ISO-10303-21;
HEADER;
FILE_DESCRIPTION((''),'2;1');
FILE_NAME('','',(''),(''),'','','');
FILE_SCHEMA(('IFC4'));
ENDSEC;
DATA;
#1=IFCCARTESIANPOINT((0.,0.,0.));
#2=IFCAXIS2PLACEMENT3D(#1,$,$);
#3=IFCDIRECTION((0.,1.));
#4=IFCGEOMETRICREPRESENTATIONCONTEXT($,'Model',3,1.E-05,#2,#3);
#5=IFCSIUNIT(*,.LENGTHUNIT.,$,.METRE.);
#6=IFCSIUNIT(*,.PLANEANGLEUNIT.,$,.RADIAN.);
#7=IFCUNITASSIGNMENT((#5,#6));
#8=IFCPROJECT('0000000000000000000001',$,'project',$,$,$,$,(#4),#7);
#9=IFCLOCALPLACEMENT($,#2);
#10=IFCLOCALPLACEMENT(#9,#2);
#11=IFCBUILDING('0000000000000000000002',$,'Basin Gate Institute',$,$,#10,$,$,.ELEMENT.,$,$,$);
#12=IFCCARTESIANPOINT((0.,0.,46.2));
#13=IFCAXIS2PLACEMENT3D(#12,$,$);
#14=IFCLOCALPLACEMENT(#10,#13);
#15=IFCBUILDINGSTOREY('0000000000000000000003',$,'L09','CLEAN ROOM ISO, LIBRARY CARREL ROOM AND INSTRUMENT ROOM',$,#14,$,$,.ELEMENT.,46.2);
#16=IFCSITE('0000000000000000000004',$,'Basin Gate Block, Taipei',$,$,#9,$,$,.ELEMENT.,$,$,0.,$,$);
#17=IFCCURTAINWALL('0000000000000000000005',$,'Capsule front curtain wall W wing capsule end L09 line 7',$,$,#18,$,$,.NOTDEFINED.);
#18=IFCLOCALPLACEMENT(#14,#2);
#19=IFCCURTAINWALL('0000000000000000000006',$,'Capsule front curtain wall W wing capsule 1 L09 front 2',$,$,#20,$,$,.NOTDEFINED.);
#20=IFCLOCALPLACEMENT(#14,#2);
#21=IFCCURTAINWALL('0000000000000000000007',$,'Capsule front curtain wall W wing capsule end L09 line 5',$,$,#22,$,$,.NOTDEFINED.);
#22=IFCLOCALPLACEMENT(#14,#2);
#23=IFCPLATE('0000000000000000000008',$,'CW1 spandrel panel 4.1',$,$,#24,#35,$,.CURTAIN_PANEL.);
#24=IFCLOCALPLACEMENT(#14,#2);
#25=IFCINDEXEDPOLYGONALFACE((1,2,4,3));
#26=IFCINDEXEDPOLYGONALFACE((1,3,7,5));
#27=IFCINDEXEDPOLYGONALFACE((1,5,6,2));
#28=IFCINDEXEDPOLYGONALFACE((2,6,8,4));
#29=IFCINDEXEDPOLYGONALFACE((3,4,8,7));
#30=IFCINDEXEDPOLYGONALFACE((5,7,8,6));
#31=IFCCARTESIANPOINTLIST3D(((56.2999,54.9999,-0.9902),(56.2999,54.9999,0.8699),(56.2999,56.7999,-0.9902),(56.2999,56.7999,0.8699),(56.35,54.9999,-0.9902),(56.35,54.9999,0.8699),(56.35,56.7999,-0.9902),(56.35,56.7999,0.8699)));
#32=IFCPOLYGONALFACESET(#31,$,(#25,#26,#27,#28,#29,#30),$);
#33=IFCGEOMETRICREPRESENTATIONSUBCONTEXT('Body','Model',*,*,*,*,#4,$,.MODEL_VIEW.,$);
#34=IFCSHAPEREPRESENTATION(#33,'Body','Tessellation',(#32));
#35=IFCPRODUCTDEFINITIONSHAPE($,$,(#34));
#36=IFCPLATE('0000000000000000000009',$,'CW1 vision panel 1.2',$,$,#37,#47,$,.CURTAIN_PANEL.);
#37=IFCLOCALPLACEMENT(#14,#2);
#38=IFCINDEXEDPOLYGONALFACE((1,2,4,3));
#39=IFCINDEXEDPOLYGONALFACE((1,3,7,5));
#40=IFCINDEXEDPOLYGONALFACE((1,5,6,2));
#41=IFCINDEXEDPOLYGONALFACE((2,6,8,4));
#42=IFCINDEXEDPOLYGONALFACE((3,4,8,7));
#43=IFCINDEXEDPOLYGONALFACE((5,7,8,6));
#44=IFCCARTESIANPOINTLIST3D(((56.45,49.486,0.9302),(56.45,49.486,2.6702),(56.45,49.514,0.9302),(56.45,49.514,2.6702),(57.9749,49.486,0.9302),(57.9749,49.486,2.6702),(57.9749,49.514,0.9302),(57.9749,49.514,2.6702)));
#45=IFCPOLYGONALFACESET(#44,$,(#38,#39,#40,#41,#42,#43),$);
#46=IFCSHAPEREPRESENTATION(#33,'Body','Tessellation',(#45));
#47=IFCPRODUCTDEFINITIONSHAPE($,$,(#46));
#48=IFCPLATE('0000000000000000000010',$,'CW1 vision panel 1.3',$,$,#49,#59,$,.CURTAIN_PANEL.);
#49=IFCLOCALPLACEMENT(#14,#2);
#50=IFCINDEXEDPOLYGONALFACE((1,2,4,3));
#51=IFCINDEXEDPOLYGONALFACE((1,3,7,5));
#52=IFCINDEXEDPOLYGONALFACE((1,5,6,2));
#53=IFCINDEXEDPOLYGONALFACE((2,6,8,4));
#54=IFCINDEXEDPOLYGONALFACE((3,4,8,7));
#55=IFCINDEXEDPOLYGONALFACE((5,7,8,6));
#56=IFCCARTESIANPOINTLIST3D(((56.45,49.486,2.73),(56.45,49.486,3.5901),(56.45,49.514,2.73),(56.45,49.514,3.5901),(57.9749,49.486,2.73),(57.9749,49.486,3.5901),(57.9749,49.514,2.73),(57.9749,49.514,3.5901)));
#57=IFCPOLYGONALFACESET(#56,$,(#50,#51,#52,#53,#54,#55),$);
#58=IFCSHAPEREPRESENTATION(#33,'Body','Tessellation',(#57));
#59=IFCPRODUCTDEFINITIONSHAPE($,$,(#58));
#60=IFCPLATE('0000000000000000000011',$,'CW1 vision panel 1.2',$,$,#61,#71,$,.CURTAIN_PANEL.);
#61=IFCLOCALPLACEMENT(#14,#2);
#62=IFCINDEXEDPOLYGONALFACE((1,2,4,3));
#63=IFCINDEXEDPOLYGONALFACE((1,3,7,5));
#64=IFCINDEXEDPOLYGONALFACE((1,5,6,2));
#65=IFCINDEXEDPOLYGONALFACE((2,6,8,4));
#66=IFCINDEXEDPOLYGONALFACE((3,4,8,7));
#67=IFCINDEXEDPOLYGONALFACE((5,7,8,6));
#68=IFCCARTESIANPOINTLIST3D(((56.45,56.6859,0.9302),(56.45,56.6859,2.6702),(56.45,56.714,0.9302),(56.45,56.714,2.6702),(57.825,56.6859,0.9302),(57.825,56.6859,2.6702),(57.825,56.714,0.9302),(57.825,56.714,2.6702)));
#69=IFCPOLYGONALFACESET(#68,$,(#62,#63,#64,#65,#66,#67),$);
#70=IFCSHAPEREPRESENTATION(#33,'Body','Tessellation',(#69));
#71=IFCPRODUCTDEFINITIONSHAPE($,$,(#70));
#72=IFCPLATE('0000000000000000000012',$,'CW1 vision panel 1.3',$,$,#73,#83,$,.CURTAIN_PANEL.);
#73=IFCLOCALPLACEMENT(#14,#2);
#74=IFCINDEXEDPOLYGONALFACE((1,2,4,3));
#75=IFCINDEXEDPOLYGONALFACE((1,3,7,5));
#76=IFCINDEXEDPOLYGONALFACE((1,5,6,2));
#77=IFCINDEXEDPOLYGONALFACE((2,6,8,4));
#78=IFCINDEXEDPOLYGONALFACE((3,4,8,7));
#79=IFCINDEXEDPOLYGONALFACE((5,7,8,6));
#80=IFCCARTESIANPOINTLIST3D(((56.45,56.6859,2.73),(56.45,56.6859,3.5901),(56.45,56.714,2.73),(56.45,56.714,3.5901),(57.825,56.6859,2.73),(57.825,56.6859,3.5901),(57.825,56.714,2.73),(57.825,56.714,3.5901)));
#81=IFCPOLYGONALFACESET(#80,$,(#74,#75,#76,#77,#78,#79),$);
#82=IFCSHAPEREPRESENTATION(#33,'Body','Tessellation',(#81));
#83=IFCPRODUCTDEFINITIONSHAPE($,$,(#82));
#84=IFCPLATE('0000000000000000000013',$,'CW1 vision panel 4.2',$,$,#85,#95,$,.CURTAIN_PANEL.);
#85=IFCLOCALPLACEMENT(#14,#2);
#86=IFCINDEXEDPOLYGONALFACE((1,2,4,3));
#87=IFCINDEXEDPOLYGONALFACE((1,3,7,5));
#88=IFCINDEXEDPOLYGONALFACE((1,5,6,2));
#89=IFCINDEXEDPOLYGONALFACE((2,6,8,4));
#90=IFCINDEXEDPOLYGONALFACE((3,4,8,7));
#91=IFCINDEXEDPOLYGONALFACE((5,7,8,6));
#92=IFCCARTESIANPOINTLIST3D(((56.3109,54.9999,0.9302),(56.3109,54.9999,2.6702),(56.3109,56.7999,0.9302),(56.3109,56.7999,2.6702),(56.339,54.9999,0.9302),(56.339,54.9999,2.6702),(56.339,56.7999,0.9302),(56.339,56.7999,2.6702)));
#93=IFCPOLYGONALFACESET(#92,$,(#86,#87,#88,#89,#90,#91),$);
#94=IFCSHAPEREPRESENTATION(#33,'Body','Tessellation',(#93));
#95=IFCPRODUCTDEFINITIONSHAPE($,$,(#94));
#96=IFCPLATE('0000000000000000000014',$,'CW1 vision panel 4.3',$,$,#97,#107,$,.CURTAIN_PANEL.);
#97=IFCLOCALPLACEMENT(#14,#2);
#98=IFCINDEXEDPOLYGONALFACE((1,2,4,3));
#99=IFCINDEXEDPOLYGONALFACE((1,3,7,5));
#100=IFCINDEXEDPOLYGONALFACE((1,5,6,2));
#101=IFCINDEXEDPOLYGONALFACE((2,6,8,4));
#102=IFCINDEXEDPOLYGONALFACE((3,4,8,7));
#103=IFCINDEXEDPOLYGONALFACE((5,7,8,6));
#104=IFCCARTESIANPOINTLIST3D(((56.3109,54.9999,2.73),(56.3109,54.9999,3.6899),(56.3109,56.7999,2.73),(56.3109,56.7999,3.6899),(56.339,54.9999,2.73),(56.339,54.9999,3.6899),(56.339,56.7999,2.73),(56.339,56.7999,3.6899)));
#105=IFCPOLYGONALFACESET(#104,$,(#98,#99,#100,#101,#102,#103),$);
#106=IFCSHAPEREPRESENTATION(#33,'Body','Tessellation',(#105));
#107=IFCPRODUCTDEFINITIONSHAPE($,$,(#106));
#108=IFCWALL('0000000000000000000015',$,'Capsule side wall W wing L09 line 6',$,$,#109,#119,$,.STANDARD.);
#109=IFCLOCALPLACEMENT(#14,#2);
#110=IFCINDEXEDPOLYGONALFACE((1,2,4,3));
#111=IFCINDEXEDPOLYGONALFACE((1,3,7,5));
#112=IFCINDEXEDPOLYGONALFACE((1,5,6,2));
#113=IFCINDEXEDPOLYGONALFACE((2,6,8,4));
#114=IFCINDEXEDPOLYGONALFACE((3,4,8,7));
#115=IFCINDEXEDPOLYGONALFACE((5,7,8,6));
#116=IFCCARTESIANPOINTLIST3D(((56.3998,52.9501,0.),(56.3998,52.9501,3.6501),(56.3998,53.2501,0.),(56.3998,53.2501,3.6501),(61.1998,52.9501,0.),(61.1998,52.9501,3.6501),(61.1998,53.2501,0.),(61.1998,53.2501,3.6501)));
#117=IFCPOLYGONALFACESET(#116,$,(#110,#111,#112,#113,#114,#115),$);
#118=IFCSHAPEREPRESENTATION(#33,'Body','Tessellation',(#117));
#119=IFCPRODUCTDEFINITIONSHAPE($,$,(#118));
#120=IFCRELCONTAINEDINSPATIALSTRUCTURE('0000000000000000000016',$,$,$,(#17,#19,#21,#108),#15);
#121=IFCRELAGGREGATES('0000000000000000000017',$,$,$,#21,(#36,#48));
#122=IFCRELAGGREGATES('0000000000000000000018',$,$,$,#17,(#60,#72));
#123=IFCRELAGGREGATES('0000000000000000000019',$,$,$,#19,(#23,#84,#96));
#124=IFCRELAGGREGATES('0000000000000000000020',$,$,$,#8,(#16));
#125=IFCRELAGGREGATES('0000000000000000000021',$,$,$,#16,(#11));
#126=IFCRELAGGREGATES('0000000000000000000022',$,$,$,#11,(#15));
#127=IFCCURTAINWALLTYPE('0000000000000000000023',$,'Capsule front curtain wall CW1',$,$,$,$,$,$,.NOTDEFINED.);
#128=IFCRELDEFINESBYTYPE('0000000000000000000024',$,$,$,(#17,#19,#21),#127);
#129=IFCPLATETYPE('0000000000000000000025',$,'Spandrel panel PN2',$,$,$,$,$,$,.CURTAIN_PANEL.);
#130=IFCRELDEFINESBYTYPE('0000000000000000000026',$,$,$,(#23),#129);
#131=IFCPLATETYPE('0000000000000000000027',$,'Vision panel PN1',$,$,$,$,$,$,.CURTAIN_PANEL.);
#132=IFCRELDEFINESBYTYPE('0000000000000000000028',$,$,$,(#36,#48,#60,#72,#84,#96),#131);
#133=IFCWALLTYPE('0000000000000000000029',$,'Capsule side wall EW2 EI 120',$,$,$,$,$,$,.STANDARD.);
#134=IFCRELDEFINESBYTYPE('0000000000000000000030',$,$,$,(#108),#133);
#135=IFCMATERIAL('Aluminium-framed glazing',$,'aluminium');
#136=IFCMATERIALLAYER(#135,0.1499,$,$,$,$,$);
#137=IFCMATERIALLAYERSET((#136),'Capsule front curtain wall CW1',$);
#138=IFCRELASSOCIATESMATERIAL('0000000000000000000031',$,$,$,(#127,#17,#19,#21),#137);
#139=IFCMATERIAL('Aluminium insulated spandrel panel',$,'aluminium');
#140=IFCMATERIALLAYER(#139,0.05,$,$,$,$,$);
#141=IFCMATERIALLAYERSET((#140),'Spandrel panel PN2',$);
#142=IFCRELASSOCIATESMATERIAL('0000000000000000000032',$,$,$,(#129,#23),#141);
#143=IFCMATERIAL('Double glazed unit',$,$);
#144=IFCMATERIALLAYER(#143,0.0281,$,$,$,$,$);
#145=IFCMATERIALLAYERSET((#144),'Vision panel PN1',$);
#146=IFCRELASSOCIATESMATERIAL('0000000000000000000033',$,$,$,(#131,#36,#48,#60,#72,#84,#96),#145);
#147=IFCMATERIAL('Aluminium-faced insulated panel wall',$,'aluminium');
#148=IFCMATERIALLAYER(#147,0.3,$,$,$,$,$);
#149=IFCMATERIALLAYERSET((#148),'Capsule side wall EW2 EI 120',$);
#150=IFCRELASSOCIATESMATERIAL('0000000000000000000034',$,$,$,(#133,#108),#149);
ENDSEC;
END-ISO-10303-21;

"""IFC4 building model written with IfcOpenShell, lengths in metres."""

from ifc_helpers import new_model, si_unit, direction, frame, frame_2d, origin, origin_2d, place, context, subcontext, project, spatial, rectangle, extrude, material, layer, layer_set, type_object, element, aggregate, save


model = new_model("IFC4")

# Units and contexts
model_context = context("Model", 3, precision=1e-05, world=origin(), true_north=direction((0.0, 1.0)))
body_context = subcontext(model_context, "Body", "Model", "MODEL_VIEW")
ifc_project = project(units=[si_unit("LENGTHUNIT", "METRE"), si_unit("PLANEANGLEUNIT", "RADIAN")], contexts=[model_context])

# Site, building, storey
site_placement = place(None, origin())
site = spatial("IfcSite", under=ifc_project, at=site_placement, Name="Basin Gate Block, Taipei", CompositionType="ELEMENT", RefElevation=0.0)
building_placement = place(site_placement, origin())
building = spatial("IfcBuilding", under=site, at=building_placement, Name="Basin Gate Institute", CompositionType="ELEMENT")
storey_placement = place(building_placement, frame((0.0, 0.0, 46.2)))
storey = spatial("IfcBuildingStorey", under=building, at=storey_placement, Name="L09", Description="CLEAN ROOM ISO, LIBRARY CARREL ROOM AND INSTRUMENT ROOM", CompositionType="ELEMENT", Elevation=46.2)

# Curtain walls
ifc_material_1 = material(Name="Aluminium-framed glazing", Category="aluminium")
ifc_layer_1 = layer(ifc_material_1, 0.1499)
ifc_layer_set_1 = layer_set([ifc_layer_1], Name="Capsule front curtain wall CW1")
curtain_wall_type = type_object("IfcCurtainWallType", Name="Capsule front curtain wall CW1", PredefinedType="NOTDEFINED", material=ifc_layer_set_1)
curtain_wall_1_placement = place(storey_placement, origin())
curtain_wall_1 = element("IfcCurtainWall", 1, at=curtain_wall_1_placement, inside=storey, type_object=curtain_wall_type, material=ifc_layer_set_1, Name="Capsule front curtain wall W wing capsule end L09 line 7", PredefinedType="NOTDEFINED")
curtain_wall_2_placement = place(storey_placement, origin())
curtain_wall_2 = element("IfcCurtainWall", 2, at=curtain_wall_2_placement, inside=storey, type_object=curtain_wall_type, material=ifc_layer_set_1, Name="Capsule front curtain wall W wing capsule 1 L09 front 2", PredefinedType="NOTDEFINED")

# Curtain wall
curtain_wall_3_placement = place(storey_placement, origin())
curtain_wall_3 = element("IfcCurtainWall", 3, at=curtain_wall_3_placement, inside=storey, type_object=curtain_wall_type, material=ifc_layer_set_1, Name="Capsule front curtain wall W wing capsule end L09 line 5", PredefinedType="NOTDEFINED")
ifc_material_2 = material(Name="Aluminium insulated spandrel panel", Category="aluminium")
ifc_layer_2 = layer(ifc_material_2, 0.05)
ifc_layer_set_2 = layer_set([ifc_layer_2], Name="Spandrel panel PN2")
plate_type_1 = type_object("IfcPlateType", Name="Spandrel panel PN2", PredefinedType="CURTAIN_PANEL", material=ifc_layer_set_2)

# Plates
plate_1_placement = place(storey_placement, frame((56.325, 55.8999, -0.9902), z_axis=(0.0, 0.0, 1.0), x_axis=(0.0, 1.0, 0.0)))
plate_1 = element("IfcPlate", 4, at=plate_1_placement, type_object=plate_type_1, material=ifc_layer_set_2, Name="CW1 spandrel panel 4.1", PredefinedType="CURTAIN_PANEL", context=body_context, shape_type="SweptSolid", body=[
    extrude(rectangle(XDim=1.8, YDim=0.05, at=origin_2d()), origin(), (0.0, 0.0, 1.0), 1.8601),
])
ifc_material_3 = material(Name="Double glazed unit")
ifc_layer_3 = layer(ifc_material_3, 0.0281)
ifc_layer_set_3 = layer_set([ifc_layer_3], Name="Vision panel PN1")
plate_type_2 = type_object("IfcPlateType", Name="Vision panel PN1", PredefinedType="CURTAIN_PANEL", material=ifc_layer_set_3)
plate_2_placement = place(storey_placement, frame((57.2124, 49.5, 0.9302), z_axis=(0.0, 0.0, 1.0), x_axis=(1.0, 0.0, 0.0)))
plate_2 = element("IfcPlate", 5, at=plate_2_placement, type_object=plate_type_2, material=ifc_layer_set_3, Name="CW1 vision panel 1.2", PredefinedType="CURTAIN_PANEL", context=body_context, shape_type="SweptSolid", body=[
    extrude(rectangle(XDim=1.5249, YDim=0.0281, at=origin_2d()), origin(), (0.0, 0.0, 1.0), 1.74),
])
plate_3_placement = place(storey_placement, frame((57.2124, 49.5, 2.73), z_axis=(0.0, 0.0, 1.0), x_axis=(1.0, 0.0, 0.0)))
plate_3 = element("IfcPlate", 6, at=plate_3_placement, type_object=plate_type_2, material=ifc_layer_set_3, Name="CW1 vision panel 1.3", PredefinedType="CURTAIN_PANEL", context=body_context, shape_type="SweptSolid", body=[
    extrude(rectangle(XDim=1.5249, YDim=0.0281, at=origin_2d()), origin(), (0.0, 0.0, 1.0), 0.8601),
])
aggregate(curtain_wall_3, [plate_2, plate_3])
plate_4_placement = place(storey_placement, frame((57.1375, 56.7, 0.9302), z_axis=(0.0, 0.0, 1.0), x_axis=(1.0, 0.0, 0.0)))
plate_4 = element("IfcPlate", 7, at=plate_4_placement, type_object=plate_type_2, material=ifc_layer_set_3, Name="CW1 vision panel 1.2", PredefinedType="CURTAIN_PANEL", context=body_context, shape_type="SweptSolid", body=[
    extrude(rectangle(XDim=1.375, YDim=0.0281, at=origin_2d()), origin(), (0.0, 0.0, 1.0), 1.74),
])
plate_5_placement = place(storey_placement, frame((57.1375, 56.7, 2.73), z_axis=(0.0, 0.0, 1.0), x_axis=(1.0, 0.0, 0.0)))
plate_5 = element("IfcPlate", 8, at=plate_5_placement, type_object=plate_type_2, material=ifc_layer_set_3, Name="CW1 vision panel 1.3", PredefinedType="CURTAIN_PANEL", context=body_context, shape_type="SweptSolid", body=[
    extrude(rectangle(XDim=1.375, YDim=0.0281, at=origin_2d()), origin(), (0.0, 0.0, 1.0), 0.8601),
])
aggregate(curtain_wall_1, [plate_4, plate_5])
plate_6_placement = place(storey_placement, frame((56.325, 55.8999, 0.9302), z_axis=(0.0, 0.0, 1.0), x_axis=(0.0, 1.0, 0.0)))
plate_6 = element("IfcPlate", 9, at=plate_6_placement, type_object=plate_type_2, material=ifc_layer_set_3, Name="CW1 vision panel 4.2", PredefinedType="CURTAIN_PANEL", context=body_context, shape_type="SweptSolid", body=[
    extrude(rectangle(XDim=1.8, YDim=0.0281, at=origin_2d()), origin(), (0.0, 0.0, 1.0), 1.74),
])
plate_7_placement = place(storey_placement, frame((56.325, 55.8999, 2.73), z_axis=(0.0, 0.0, 1.0), x_axis=(0.0, 1.0, 0.0)))
plate_7 = element("IfcPlate", 10, at=plate_7_placement, type_object=plate_type_2, material=ifc_layer_set_3, Name="CW1 vision panel 4.3", PredefinedType="CURTAIN_PANEL", context=body_context, shape_type="SweptSolid", body=[
    extrude(rectangle(XDim=1.8, YDim=0.0281, at=origin_2d()), origin(), (0.0, 0.0, 1.0), 0.96),
])
aggregate(curtain_wall_2, [plate_1, plate_6, plate_7])

# Wall
ifc_material_4 = material(Name="Aluminium-faced insulated panel wall", Category="aluminium")
ifc_layer_4 = layer(ifc_material_4, 0.3)
ifc_layer_set_4 = layer_set([ifc_layer_4], Name="Capsule side wall EW2 EI 120")
wall_type = type_object("IfcWallType", Name="Capsule side wall EW2 EI 120", PredefinedType="STANDARD", material=ifc_layer_set_4)
wall_placement = place(storey_placement, frame((56.3999, 53.1001, 0.0), z_axis=(0.0, 0.0, 1.0), x_axis=(1.0, 0.0, 0.0)))
element("IfcWall", 11, at=wall_placement, inside=storey, type_object=wall_type, material=ifc_layer_set_4, Name="Capsule side wall W wing L09 line 6", PredefinedType="STANDARD", context=body_context, shape_type="SweptSolid", body=[
    extrude(rectangle(XDim=4.8, YDim=0.3, at=frame_2d((2.3999, 0.0))), origin(), (0.0, 0.0, 1.0), 3.6501),
])

save(model, "model.ifc")
